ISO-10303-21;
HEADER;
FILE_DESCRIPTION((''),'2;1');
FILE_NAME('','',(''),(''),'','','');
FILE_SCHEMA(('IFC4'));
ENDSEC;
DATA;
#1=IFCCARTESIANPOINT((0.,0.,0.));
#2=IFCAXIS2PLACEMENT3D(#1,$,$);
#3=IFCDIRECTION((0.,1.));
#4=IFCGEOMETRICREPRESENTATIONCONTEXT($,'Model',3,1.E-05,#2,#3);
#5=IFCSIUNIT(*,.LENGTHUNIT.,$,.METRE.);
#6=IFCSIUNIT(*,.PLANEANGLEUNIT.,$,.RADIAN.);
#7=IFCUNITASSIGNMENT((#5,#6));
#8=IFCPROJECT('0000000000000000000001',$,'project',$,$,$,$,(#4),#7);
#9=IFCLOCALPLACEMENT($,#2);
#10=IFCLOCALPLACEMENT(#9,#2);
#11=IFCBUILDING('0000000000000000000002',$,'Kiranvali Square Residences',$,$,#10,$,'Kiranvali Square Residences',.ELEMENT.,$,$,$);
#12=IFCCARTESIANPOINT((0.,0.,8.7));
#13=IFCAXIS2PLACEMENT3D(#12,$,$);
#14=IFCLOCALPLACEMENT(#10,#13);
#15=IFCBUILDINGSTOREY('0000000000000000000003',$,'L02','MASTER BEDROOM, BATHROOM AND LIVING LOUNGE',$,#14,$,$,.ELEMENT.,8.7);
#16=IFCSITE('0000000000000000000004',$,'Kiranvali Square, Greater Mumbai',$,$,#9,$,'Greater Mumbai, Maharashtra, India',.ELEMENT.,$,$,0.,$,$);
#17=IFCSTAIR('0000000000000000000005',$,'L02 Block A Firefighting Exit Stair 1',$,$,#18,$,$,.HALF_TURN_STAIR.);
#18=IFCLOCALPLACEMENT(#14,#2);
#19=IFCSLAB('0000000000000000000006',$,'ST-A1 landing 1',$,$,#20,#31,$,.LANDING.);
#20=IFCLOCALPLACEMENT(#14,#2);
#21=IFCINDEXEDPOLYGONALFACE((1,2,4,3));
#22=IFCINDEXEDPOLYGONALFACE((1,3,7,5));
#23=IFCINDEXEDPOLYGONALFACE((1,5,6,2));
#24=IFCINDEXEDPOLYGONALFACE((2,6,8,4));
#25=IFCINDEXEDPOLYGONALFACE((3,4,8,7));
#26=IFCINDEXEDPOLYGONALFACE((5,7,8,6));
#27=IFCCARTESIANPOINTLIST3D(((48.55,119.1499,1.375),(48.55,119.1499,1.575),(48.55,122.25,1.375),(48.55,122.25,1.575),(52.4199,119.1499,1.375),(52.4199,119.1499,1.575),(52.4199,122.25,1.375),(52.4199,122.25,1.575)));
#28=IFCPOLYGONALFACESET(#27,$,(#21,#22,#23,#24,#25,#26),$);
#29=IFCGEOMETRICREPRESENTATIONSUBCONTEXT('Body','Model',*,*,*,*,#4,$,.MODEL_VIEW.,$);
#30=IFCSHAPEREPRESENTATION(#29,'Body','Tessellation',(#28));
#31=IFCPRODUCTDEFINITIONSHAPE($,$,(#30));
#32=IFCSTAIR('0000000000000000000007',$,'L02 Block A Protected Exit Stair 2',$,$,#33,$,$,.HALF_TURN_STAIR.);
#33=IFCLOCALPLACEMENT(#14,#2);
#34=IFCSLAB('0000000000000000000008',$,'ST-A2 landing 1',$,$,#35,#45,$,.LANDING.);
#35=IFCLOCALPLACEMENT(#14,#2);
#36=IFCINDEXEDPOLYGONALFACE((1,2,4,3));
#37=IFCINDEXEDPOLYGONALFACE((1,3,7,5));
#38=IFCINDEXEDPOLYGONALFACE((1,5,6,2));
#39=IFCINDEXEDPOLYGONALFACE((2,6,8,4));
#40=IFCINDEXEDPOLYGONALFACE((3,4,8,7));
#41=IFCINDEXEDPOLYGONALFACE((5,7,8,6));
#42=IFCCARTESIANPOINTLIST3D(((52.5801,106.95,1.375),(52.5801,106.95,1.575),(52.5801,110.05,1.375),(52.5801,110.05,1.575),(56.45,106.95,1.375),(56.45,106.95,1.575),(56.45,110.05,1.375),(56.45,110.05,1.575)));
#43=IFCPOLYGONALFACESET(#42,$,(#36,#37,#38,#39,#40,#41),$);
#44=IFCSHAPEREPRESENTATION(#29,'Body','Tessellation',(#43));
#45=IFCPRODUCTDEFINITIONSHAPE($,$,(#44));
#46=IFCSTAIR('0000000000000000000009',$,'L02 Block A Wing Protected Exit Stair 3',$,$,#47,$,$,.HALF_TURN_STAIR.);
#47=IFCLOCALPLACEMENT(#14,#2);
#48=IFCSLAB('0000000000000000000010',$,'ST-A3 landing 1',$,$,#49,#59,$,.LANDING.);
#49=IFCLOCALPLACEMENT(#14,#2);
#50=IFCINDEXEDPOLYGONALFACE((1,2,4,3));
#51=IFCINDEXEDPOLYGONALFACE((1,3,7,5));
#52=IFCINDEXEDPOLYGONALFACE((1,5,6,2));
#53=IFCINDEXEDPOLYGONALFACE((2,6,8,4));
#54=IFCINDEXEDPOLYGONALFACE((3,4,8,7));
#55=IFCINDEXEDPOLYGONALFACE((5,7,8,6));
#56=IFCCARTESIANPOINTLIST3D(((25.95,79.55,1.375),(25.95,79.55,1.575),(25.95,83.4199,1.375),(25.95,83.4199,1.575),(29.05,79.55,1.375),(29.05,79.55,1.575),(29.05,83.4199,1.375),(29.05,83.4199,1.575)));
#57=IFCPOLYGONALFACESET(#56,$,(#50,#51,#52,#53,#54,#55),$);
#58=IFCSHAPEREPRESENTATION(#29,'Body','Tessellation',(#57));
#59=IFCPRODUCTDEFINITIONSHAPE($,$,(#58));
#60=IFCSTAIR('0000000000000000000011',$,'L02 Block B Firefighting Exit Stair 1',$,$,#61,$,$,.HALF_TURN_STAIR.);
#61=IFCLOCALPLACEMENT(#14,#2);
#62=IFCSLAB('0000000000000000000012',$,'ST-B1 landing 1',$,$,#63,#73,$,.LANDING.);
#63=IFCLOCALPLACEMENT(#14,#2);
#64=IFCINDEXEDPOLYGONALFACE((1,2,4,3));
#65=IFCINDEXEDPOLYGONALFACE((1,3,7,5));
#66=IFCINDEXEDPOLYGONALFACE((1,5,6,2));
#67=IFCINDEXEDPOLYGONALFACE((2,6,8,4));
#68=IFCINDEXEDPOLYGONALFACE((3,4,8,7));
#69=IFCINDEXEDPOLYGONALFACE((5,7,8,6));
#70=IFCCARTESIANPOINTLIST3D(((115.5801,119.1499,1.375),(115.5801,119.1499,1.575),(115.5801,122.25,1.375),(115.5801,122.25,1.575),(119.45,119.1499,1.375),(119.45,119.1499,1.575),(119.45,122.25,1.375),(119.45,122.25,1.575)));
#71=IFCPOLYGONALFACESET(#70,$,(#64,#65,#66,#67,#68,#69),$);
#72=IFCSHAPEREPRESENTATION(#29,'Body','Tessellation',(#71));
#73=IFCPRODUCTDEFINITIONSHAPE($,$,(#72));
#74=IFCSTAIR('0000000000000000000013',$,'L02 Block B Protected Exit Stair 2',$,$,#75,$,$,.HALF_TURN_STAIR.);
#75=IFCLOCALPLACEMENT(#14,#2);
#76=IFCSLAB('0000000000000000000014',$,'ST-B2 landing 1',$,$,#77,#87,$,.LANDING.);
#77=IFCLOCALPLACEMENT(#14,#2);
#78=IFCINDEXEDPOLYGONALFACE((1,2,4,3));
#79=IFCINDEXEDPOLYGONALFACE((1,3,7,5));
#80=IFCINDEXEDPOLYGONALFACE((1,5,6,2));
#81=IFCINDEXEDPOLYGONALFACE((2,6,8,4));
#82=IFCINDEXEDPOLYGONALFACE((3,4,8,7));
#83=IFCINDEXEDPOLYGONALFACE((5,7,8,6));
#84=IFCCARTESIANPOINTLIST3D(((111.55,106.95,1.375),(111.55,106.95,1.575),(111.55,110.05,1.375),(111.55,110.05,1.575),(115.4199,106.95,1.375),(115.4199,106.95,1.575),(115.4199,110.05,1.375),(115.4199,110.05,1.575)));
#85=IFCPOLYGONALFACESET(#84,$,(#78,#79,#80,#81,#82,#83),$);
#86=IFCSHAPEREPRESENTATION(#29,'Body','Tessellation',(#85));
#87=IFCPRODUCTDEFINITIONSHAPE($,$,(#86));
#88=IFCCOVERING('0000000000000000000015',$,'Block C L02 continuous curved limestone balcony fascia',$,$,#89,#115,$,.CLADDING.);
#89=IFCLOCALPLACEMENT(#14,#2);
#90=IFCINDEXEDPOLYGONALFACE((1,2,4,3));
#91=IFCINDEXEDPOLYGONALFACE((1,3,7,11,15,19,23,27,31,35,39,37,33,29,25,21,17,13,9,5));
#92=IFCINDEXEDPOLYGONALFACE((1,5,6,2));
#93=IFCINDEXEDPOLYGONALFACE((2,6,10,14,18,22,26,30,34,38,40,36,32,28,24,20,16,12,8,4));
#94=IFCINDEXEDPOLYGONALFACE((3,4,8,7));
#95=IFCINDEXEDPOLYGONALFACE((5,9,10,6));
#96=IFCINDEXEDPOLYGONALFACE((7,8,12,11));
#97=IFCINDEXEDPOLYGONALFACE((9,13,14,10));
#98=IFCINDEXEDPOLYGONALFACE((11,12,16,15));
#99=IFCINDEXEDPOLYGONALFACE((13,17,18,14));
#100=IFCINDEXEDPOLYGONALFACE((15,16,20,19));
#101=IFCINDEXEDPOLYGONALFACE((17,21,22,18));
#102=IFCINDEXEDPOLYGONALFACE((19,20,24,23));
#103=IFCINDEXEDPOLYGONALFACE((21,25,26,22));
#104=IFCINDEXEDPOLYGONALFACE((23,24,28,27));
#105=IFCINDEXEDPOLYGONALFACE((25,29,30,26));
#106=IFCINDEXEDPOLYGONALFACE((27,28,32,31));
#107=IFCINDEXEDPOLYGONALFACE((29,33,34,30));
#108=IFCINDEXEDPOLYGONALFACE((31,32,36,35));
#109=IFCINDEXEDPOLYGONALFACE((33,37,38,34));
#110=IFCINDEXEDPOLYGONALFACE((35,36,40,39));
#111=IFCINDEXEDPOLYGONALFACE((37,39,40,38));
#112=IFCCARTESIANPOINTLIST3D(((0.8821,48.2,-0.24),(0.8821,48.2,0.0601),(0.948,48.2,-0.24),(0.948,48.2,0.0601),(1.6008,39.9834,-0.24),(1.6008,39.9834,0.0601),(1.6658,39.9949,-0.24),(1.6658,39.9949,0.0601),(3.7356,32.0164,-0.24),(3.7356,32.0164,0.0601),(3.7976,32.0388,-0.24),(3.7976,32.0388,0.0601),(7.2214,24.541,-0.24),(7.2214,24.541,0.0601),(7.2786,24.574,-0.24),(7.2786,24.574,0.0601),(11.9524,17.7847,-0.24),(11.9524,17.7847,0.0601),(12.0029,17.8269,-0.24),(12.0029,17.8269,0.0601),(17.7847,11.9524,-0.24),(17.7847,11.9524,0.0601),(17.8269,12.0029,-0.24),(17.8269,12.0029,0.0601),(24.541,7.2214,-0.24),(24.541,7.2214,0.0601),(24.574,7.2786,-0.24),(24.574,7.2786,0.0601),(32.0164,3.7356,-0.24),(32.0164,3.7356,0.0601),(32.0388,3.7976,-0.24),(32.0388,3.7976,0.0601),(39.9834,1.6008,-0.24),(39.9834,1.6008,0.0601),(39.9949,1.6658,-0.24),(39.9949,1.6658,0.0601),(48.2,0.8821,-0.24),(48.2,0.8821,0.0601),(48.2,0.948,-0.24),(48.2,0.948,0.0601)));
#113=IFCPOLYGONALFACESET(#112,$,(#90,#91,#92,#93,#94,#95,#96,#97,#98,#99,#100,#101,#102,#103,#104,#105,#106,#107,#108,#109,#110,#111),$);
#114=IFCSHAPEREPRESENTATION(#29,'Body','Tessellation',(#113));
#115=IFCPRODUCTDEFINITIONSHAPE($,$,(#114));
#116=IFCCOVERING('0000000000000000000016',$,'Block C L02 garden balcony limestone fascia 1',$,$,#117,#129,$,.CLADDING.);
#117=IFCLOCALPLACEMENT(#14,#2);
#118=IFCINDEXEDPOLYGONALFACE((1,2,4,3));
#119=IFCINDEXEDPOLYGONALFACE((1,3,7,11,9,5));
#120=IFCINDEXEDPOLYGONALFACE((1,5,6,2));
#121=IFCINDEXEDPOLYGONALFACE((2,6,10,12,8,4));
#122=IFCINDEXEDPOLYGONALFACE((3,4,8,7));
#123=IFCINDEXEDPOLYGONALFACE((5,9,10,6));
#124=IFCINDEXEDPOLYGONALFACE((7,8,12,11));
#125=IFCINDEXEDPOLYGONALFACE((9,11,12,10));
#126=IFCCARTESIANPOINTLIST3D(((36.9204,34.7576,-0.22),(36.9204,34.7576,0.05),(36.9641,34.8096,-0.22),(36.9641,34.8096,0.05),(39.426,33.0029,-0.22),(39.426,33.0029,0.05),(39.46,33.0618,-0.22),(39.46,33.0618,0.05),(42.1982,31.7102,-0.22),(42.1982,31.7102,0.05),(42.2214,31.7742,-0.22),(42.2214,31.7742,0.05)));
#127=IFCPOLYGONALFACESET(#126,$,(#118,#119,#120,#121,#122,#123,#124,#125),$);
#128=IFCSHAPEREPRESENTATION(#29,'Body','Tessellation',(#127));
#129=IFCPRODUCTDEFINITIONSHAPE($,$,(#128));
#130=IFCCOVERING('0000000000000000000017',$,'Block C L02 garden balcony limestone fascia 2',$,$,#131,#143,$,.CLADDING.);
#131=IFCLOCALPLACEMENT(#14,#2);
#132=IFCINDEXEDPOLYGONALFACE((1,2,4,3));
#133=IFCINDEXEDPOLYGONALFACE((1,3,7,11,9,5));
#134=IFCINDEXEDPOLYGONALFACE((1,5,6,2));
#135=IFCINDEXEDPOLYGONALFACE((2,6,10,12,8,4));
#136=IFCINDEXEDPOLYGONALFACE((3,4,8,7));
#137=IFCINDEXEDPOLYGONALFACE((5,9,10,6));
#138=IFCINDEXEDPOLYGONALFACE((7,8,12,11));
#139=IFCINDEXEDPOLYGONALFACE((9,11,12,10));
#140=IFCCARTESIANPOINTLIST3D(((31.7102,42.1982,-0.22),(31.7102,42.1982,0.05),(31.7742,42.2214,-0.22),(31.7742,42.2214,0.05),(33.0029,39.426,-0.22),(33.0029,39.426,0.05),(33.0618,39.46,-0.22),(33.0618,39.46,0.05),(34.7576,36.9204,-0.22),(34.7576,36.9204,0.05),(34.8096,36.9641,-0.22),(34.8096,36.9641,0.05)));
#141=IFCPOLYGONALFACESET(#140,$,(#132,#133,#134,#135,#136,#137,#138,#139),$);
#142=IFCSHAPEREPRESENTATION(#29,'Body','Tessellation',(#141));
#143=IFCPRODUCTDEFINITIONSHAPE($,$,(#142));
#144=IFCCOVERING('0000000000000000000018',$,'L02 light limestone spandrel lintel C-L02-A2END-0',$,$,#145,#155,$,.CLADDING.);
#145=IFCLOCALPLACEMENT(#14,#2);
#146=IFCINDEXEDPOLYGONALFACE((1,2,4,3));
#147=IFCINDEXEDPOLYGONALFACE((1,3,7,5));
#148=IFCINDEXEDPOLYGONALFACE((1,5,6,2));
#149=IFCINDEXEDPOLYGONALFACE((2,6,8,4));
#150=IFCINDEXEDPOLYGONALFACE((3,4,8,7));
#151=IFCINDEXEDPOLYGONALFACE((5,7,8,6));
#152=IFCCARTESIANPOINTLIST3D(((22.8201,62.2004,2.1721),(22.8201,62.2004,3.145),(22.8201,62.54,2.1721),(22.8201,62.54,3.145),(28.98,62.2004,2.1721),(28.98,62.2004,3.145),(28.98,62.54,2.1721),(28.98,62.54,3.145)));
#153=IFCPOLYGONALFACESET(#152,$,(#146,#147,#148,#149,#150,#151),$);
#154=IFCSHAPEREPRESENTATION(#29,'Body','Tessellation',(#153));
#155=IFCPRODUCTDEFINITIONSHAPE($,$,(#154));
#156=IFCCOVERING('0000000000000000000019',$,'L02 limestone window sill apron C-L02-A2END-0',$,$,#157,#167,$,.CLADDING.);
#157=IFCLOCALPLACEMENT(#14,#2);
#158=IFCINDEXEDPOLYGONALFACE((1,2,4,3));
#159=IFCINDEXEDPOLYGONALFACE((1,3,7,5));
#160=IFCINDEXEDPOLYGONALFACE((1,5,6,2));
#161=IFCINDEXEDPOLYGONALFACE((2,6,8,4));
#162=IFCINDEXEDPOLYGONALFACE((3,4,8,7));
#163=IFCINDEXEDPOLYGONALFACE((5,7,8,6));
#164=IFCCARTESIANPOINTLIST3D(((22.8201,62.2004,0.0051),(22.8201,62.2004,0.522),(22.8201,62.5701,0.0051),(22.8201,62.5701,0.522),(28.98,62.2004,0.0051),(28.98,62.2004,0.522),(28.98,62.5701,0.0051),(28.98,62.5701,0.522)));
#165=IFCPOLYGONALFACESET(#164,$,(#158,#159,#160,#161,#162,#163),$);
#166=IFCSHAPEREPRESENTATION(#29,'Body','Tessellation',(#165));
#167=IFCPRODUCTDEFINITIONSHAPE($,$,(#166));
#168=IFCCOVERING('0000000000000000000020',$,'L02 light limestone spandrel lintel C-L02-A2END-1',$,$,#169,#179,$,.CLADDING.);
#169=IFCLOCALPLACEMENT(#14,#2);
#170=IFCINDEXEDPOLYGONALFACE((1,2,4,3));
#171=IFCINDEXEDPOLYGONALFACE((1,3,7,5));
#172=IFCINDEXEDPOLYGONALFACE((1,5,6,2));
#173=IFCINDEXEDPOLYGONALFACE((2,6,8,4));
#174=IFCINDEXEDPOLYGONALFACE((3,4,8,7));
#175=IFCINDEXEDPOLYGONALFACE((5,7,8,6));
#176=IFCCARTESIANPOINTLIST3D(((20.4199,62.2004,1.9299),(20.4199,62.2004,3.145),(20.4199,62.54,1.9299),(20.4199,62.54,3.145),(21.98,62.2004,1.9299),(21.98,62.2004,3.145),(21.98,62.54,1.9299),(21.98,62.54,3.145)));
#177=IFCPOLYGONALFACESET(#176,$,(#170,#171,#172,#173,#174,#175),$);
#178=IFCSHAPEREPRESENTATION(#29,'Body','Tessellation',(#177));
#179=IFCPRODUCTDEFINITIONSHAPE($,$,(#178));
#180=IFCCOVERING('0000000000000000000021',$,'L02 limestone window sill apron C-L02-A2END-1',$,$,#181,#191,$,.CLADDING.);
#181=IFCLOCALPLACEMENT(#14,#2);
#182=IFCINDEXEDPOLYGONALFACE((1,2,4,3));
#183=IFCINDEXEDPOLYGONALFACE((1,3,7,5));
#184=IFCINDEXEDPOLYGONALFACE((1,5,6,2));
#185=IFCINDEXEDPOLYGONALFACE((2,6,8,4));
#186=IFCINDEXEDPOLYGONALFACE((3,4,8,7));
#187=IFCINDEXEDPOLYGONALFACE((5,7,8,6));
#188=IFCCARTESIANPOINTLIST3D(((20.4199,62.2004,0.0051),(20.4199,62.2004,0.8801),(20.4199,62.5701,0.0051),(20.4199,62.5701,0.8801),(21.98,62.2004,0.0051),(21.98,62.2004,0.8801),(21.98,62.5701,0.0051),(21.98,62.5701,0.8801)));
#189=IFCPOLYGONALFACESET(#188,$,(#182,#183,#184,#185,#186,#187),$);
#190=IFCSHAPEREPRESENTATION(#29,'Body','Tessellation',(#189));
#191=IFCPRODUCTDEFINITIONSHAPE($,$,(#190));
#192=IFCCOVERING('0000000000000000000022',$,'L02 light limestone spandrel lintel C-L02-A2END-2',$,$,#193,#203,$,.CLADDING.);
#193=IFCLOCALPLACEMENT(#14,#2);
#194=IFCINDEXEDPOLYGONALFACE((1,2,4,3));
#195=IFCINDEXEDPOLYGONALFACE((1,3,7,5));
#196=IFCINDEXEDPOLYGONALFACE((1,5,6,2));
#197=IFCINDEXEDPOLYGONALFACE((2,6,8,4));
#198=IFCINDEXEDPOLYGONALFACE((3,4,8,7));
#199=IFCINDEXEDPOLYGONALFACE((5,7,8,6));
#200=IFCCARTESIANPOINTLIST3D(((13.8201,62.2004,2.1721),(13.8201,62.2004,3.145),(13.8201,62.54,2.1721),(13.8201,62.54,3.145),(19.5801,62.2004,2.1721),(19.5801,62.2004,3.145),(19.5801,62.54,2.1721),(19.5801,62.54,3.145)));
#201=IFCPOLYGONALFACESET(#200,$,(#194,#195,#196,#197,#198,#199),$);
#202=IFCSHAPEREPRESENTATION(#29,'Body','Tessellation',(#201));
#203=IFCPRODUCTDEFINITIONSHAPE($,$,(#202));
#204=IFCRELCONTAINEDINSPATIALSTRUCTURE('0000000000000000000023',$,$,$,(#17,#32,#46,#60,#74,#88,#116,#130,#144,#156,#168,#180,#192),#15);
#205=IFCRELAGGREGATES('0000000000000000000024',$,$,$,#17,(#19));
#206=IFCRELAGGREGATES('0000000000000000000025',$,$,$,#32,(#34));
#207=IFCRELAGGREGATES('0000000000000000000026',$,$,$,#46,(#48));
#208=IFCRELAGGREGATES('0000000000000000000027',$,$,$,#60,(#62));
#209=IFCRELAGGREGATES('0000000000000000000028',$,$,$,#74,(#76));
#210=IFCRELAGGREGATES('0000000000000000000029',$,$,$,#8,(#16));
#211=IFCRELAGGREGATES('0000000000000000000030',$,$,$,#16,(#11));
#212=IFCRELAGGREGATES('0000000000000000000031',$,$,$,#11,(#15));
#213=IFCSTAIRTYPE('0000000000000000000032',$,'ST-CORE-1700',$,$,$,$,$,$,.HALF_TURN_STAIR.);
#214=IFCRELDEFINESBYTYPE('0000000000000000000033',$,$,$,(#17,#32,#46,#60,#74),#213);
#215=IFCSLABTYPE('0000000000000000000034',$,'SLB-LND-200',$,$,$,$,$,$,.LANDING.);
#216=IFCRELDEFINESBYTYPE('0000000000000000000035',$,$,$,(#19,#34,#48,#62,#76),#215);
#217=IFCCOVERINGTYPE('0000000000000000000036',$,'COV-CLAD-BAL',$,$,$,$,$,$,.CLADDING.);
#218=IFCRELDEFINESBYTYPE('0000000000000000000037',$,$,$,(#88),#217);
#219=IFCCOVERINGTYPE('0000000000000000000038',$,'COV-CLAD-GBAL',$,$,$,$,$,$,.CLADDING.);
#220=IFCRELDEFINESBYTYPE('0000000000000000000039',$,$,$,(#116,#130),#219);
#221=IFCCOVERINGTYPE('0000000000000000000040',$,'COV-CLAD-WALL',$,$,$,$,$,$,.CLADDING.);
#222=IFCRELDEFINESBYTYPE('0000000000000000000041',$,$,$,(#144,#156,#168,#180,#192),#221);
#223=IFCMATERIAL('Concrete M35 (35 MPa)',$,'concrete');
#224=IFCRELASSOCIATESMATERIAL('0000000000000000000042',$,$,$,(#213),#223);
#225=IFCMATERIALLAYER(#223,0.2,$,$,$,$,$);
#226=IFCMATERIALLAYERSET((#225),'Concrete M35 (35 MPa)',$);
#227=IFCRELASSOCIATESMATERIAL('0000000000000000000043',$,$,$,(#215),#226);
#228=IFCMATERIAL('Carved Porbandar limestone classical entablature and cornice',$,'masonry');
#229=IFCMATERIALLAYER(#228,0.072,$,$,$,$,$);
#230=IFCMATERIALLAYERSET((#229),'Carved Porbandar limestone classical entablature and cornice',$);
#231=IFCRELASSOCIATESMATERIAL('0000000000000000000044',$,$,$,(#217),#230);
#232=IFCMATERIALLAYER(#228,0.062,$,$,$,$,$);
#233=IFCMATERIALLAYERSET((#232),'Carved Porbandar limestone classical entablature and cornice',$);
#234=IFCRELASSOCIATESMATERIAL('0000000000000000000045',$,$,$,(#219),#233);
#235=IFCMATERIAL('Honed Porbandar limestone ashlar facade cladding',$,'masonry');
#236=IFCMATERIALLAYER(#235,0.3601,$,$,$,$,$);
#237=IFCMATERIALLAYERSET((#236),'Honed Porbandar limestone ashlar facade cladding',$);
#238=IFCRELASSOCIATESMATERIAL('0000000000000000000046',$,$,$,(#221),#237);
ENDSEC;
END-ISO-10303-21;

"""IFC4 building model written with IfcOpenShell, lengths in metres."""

from ifc_helpers import new_model, si_unit, direction, frame, origin, place, context, subcontext, project, spatial, polyline, outline, extrude, material, layer, layer_set, type_object, element, aggregate, save


model = new_model("IFC4")

# Units and contexts
model_context = context("Model", 3, precision=1e-05, world=origin(), true_north=direction((0.0, 1.0)))
body_context = subcontext(model_context, "Body", "Model", "MODEL_VIEW")
ifc_project = project(units=[si_unit("LENGTHUNIT", "METRE"), si_unit("PLANEANGLEUNIT", "RADIAN")], contexts=[model_context])

# Site, building, storey
site_placement = place(None, origin())
site = spatial("IfcSite", under=ifc_project, at=site_placement, Name="Kiranvali Square, Greater Mumbai", LongName="Greater Mumbai, Maharashtra, India", CompositionType="ELEMENT", RefElevation=0.0)
building_placement = place(site_placement, origin())
building = spatial("IfcBuilding", under=site, at=building_placement, Name="Kiranvali Square Residences", LongName="Kiranvali Square Residences", CompositionType="ELEMENT")
storey_placement = place(building_placement, frame((0.0, 0.0, 8.7)))
storey = spatial("IfcBuildingStorey", under=building, at=storey_placement, Name="L02", Description="MASTER BEDROOM, BATHROOM AND LIVING LOUNGE", CompositionType="ELEMENT", Elevation=8.7)

# Stairs, slabs
ifc_material_1 = material(Name="Concrete M35 (35 MPa)", Category="concrete")
stair_type = type_object("IfcStairType", Name="ST-CORE-1700", PredefinedType="HALF_TURN_STAIR", material=ifc_material_1)
stair_1_placement = place(storey_placement, origin())
stair_1 = element("IfcStair", 1, at=stair_1_placement, inside=storey, type_object=stair_type, Name="L02 Block A Firefighting Exit Stair 1", PredefinedType="HALF_TURN_STAIR")
ifc_layer_1 = layer(ifc_material_1, 0.2)
ifc_layer_set_1 = layer_set([ifc_layer_1], Name="Concrete M35 (35 MPa)")
slab_type = type_object("IfcSlabType", Name="SLB-LND-200", PredefinedType="LANDING", material=ifc_layer_set_1)
slab_1_placement = place(storey_placement, frame((0.0, 0.0, 1.375)))
slab_1 = element("IfcSlab", 2, at=slab_1_placement, type_object=slab_type, Name="ST-A1 landing 1", PredefinedType="LANDING", context=body_context, shape_type="SweptSolid", body=[
    extrude(outline(polyline([(52.4199, 122.25), (48.55, 122.25), (48.55, 119.1499), (52.4199, 119.1499), (52.4199, 122.25)])), origin(), (0.0, 0.0, 1.0), 0.2),
])
aggregate(stair_1, [slab_1])
stair_2_placement = place(storey_placement, origin())
stair_2 = element("IfcStair", 3, at=stair_2_placement, inside=storey, type_object=stair_type, Name="L02 Block A Protected Exit Stair 2", PredefinedType="HALF_TURN_STAIR")
slab_2_placement = place(storey_placement, frame((0.0, 0.0, 1.375)))
slab_2 = element("IfcSlab", 4, at=slab_2_placement, type_object=slab_type, Name="ST-A2 landing 1", PredefinedType="LANDING", context=body_context, shape_type="SweptSolid", body=[
    extrude(outline(polyline([(52.5801, 106.95), (56.45, 106.95), (56.45, 110.05), (52.5801, 110.05), (52.5801, 106.95)])), origin(), (0.0, 0.0, 1.0), 0.2),
])
aggregate(stair_2, [slab_2])
stair_3_placement = place(storey_placement, origin())
stair_3 = element("IfcStair", 5, at=stair_3_placement, inside=storey, type_object=stair_type, Name="L02 Block A Wing Protected Exit Stair 3", PredefinedType="HALF_TURN_STAIR")
slab_3_placement = place(storey_placement, frame((0.0, 0.0, 1.375)))
slab_3 = element("IfcSlab", 6, at=slab_3_placement, type_object=slab_type, Name="ST-A3 landing 1", PredefinedType="LANDING", context=body_context, shape_type="SweptSolid", body=[
    extrude(outline(polyline([(25.95, 83.4199), (25.95, 79.55), (29.05, 79.55), (29.05, 83.4199), (25.95, 83.4199)])), origin(), (0.0, 0.0, 1.0), 0.2),
])
aggregate(stair_3, [slab_3])
stair_4_placement = place(storey_placement, origin())
stair_4 = element("IfcStair", 7, at=stair_4_placement, inside=storey, type_object=stair_type, Name="L02 Block B Firefighting Exit Stair 1", PredefinedType="HALF_TURN_STAIR")
slab_4_placement = place(storey_placement, frame((0.0, 0.0, 1.375)))
slab_4 = element("IfcSlab", 8, at=slab_4_placement, type_object=slab_type, Name="ST-B1 landing 1", PredefinedType="LANDING", context=body_context, shape_type="SweptSolid", body=[
    extrude(outline(polyline([(115.5801, 119.1499), (119.45, 119.1499), (119.45, 122.25), (115.5801, 122.25), (115.5801, 119.1499)])), origin(), (0.0, 0.0, 1.0), 0.2),
])
aggregate(stair_4, [slab_4])
stair_5_placement = place(storey_placement, origin())
stair_5 = element("IfcStair", 9, at=stair_5_placement, inside=storey, type_object=stair_type, Name="L02 Block B Protected Exit Stair 2", PredefinedType="HALF_TURN_STAIR")
slab_5_placement = place(storey_placement, frame((0.0, 0.0, 1.375)))
slab_5 = element("IfcSlab", 10, at=slab_5_placement, type_object=slab_type, Name="ST-B2 landing 1", PredefinedType="LANDING", context=body_context, shape_type="SweptSolid", body=[
    extrude(outline(polyline([(115.4199, 110.05), (111.55, 110.05), (111.55, 106.95), (115.4199, 106.95), (115.4199, 110.05)])), origin(), (0.0, 0.0, 1.0), 0.2),
])
aggregate(stair_5, [slab_5])

# Coverings
ifc_material_2 = material(Name="Carved Porbandar limestone classical entablature and cornice", Category="masonry")
ifc_layer_2 = layer(ifc_material_2, 0.072)
ifc_layer_set_2 = layer_set([ifc_layer_2], Name="Carved Porbandar limestone classical entablature and cornice")
covering_type_1 = type_object("IfcCoveringType", Name="COV-CLAD-BAL", PredefinedType="CLADDING", material=ifc_layer_set_2)
covering_1_placement = place(storey_placement, frame((0.0, 0.0, -0.24)))
element("IfcCovering", 11, at=covering_1_placement, inside=storey, type_object=covering_type_1, Name="Block C L02 continuous curved limestone balcony fascia", PredefinedType="CLADDING", context=body_context, shape_type="SweptSolid", body=[
    extrude(outline(polyline([(48.2, 0.948), (39.9949, 1.6658), (32.0388, 3.7976), (24.574, 7.2786), (17.8269, 12.0029), (12.0029, 17.8269), (7.2786, 24.574), (3.7976, 32.0388), (1.6658, 39.9949), (0.948, 48.2), (0.8821, 48.2), (1.6008, 39.9834), (3.7356, 32.0164), (7.2214, 24.541), (11.9524, 17.7847), (17.7847, 11.9524), (24.541, 7.2214), (32.0164, 3.7356), (39.9834, 1.6008), (48.2, 0.8821), (48.2, 0.948)])), origin(), (0.0, 0.0, 1.0), 0.3),
])
ifc_layer_3 = layer(ifc_material_2, 0.062)
ifc_layer_set_3 = layer_set([ifc_layer_3], Name="Carved Porbandar limestone classical entablature and cornice")
covering_type_2 = type_object("IfcCoveringType", Name="COV-CLAD-GBAL", PredefinedType="CLADDING", material=ifc_layer_set_3)
covering_2_placement = place(storey_placement, frame((0.0, 0.0, -0.22)))
element("IfcCovering", 12, at=covering_2_placement, inside=storey, type_object=covering_type_2, Name="Block C L02 garden balcony limestone fascia 1", PredefinedType="CLADDING", context=body_context, shape_type="SweptSolid", body=[
    extrude(outline(polyline([(42.2214, 31.7742), (39.46, 33.0618), (36.9641, 34.8096), (36.9204, 34.7576), (39.426, 33.0029), (42.1982, 31.7102), (42.2214, 31.7742)])), origin(), (0.0, 0.0, 1.0), 0.27),
])
covering_3_placement = place(storey_placement, frame((0.0, 0.0, -0.22)))
element("IfcCovering", 13, at=covering_3_placement, inside=storey, type_object=covering_type_2, Name="Block C L02 garden balcony limestone fascia 2", PredefinedType="CLADDING", context=body_context, shape_type="SweptSolid", body=[
    extrude(outline(polyline([(34.8096, 36.9641), (33.0618, 39.46), (31.7742, 42.2214), (31.7102, 42.1982), (33.0029, 39.426), (34.7576, 36.9204), (34.8096, 36.9641)])), origin(), (0.0, 0.0, 1.0), 0.27),
])
ifc_material_3 = material(Name="Honed Porbandar limestone ashlar facade cladding", Category="masonry")
ifc_layer_4 = layer(ifc_material_3, 0.3601)
ifc_layer_set_4 = layer_set([ifc_layer_4], Name="Honed Porbandar limestone ashlar facade cladding")
covering_type_3 = type_object("IfcCoveringType", Name="COV-CLAD-WALL", PredefinedType="CLADDING", material=ifc_layer_set_4)
covering_4_placement = place(storey_placement, frame((0.0, 0.0, 2.1721)))
element("IfcCovering", 14, at=covering_4_placement, inside=storey, type_object=covering_type_3, Name="L02 light limestone spandrel lintel C-L02-A2END-0", PredefinedType="CLADDING", context=body_context, shape_type="SweptSolid", body=[
    extrude(outline(polyline([(28.98, 62.54), (22.8201, 62.54), (22.8201, 62.2004), (28.98, 62.2004), (28.98, 62.54)])), origin(), (0.0, 0.0, 1.0), 0.9729),
])
covering_5_placement = place(storey_placement, frame((0.0, 0.0, 0.0051)))
element("IfcCovering", 15, at=covering_5_placement, inside=storey, type_object=covering_type_3, Name="L02 limestone window sill apron C-L02-A2END-0", PredefinedType="CLADDING", context=body_context, shape_type="SweptSolid", body=[
    extrude(outline(polyline([(28.98, 62.5701), (22.8201, 62.5701), (22.8201, 62.2004), (28.98, 62.2004), (28.98, 62.5701)])), origin(), (0.0, 0.0, 1.0), 0.5168),
])
covering_6_placement = place(storey_placement, frame((0.0, 0.0, 1.9299)))
element("IfcCovering", 16, at=covering_6_placement, inside=storey, type_object=covering_type_3, Name="L02 light limestone spandrel lintel C-L02-A2END-1", PredefinedType="CLADDING", context=body_context, shape_type="SweptSolid", body=[
    extrude(outline(polyline([(21.98, 62.54), (20.4199, 62.54), (20.4199, 62.2004), (21.98, 62.2004), (21.98, 62.54)])), origin(), (0.0, 0.0, 1.0), 1.2151),
])
covering_7_placement = place(storey_placement, frame((0.0, 0.0, 0.0051)))
element("IfcCovering", 17, at=covering_7_placement, inside=storey, type_object=covering_type_3, Name="L02 limestone window sill apron C-L02-A2END-1", PredefinedType="CLADDING", context=body_context, shape_type="SweptSolid", body=[
    extrude(outline(polyline([(21.98, 62.5701), (20.4199, 62.5701), (20.4199, 62.2004), (21.98, 62.2004), (21.98, 62.5701)])), origin(), (0.0, 0.0, 1.0), 0.875),
])
covering_8_placement = place(storey_placement, frame((0.0, 0.0, 2.1721)))
element("IfcCovering", 18, at=covering_8_placement, inside=storey, type_object=covering_type_3, Name="L02 light limestone spandrel lintel C-L02-A2END-2", PredefinedType="CLADDING", context=body_context, shape_type="SweptSolid", body=[
    extrude(outline(polyline([(19.5801, 62.54), (13.8201, 62.54), (13.8201, 62.2004), (19.5801, 62.2004), (19.5801, 62.54)])), origin(), (0.0, 0.0, 1.0), 0.9729),
])

save(model, "model.ifc")
